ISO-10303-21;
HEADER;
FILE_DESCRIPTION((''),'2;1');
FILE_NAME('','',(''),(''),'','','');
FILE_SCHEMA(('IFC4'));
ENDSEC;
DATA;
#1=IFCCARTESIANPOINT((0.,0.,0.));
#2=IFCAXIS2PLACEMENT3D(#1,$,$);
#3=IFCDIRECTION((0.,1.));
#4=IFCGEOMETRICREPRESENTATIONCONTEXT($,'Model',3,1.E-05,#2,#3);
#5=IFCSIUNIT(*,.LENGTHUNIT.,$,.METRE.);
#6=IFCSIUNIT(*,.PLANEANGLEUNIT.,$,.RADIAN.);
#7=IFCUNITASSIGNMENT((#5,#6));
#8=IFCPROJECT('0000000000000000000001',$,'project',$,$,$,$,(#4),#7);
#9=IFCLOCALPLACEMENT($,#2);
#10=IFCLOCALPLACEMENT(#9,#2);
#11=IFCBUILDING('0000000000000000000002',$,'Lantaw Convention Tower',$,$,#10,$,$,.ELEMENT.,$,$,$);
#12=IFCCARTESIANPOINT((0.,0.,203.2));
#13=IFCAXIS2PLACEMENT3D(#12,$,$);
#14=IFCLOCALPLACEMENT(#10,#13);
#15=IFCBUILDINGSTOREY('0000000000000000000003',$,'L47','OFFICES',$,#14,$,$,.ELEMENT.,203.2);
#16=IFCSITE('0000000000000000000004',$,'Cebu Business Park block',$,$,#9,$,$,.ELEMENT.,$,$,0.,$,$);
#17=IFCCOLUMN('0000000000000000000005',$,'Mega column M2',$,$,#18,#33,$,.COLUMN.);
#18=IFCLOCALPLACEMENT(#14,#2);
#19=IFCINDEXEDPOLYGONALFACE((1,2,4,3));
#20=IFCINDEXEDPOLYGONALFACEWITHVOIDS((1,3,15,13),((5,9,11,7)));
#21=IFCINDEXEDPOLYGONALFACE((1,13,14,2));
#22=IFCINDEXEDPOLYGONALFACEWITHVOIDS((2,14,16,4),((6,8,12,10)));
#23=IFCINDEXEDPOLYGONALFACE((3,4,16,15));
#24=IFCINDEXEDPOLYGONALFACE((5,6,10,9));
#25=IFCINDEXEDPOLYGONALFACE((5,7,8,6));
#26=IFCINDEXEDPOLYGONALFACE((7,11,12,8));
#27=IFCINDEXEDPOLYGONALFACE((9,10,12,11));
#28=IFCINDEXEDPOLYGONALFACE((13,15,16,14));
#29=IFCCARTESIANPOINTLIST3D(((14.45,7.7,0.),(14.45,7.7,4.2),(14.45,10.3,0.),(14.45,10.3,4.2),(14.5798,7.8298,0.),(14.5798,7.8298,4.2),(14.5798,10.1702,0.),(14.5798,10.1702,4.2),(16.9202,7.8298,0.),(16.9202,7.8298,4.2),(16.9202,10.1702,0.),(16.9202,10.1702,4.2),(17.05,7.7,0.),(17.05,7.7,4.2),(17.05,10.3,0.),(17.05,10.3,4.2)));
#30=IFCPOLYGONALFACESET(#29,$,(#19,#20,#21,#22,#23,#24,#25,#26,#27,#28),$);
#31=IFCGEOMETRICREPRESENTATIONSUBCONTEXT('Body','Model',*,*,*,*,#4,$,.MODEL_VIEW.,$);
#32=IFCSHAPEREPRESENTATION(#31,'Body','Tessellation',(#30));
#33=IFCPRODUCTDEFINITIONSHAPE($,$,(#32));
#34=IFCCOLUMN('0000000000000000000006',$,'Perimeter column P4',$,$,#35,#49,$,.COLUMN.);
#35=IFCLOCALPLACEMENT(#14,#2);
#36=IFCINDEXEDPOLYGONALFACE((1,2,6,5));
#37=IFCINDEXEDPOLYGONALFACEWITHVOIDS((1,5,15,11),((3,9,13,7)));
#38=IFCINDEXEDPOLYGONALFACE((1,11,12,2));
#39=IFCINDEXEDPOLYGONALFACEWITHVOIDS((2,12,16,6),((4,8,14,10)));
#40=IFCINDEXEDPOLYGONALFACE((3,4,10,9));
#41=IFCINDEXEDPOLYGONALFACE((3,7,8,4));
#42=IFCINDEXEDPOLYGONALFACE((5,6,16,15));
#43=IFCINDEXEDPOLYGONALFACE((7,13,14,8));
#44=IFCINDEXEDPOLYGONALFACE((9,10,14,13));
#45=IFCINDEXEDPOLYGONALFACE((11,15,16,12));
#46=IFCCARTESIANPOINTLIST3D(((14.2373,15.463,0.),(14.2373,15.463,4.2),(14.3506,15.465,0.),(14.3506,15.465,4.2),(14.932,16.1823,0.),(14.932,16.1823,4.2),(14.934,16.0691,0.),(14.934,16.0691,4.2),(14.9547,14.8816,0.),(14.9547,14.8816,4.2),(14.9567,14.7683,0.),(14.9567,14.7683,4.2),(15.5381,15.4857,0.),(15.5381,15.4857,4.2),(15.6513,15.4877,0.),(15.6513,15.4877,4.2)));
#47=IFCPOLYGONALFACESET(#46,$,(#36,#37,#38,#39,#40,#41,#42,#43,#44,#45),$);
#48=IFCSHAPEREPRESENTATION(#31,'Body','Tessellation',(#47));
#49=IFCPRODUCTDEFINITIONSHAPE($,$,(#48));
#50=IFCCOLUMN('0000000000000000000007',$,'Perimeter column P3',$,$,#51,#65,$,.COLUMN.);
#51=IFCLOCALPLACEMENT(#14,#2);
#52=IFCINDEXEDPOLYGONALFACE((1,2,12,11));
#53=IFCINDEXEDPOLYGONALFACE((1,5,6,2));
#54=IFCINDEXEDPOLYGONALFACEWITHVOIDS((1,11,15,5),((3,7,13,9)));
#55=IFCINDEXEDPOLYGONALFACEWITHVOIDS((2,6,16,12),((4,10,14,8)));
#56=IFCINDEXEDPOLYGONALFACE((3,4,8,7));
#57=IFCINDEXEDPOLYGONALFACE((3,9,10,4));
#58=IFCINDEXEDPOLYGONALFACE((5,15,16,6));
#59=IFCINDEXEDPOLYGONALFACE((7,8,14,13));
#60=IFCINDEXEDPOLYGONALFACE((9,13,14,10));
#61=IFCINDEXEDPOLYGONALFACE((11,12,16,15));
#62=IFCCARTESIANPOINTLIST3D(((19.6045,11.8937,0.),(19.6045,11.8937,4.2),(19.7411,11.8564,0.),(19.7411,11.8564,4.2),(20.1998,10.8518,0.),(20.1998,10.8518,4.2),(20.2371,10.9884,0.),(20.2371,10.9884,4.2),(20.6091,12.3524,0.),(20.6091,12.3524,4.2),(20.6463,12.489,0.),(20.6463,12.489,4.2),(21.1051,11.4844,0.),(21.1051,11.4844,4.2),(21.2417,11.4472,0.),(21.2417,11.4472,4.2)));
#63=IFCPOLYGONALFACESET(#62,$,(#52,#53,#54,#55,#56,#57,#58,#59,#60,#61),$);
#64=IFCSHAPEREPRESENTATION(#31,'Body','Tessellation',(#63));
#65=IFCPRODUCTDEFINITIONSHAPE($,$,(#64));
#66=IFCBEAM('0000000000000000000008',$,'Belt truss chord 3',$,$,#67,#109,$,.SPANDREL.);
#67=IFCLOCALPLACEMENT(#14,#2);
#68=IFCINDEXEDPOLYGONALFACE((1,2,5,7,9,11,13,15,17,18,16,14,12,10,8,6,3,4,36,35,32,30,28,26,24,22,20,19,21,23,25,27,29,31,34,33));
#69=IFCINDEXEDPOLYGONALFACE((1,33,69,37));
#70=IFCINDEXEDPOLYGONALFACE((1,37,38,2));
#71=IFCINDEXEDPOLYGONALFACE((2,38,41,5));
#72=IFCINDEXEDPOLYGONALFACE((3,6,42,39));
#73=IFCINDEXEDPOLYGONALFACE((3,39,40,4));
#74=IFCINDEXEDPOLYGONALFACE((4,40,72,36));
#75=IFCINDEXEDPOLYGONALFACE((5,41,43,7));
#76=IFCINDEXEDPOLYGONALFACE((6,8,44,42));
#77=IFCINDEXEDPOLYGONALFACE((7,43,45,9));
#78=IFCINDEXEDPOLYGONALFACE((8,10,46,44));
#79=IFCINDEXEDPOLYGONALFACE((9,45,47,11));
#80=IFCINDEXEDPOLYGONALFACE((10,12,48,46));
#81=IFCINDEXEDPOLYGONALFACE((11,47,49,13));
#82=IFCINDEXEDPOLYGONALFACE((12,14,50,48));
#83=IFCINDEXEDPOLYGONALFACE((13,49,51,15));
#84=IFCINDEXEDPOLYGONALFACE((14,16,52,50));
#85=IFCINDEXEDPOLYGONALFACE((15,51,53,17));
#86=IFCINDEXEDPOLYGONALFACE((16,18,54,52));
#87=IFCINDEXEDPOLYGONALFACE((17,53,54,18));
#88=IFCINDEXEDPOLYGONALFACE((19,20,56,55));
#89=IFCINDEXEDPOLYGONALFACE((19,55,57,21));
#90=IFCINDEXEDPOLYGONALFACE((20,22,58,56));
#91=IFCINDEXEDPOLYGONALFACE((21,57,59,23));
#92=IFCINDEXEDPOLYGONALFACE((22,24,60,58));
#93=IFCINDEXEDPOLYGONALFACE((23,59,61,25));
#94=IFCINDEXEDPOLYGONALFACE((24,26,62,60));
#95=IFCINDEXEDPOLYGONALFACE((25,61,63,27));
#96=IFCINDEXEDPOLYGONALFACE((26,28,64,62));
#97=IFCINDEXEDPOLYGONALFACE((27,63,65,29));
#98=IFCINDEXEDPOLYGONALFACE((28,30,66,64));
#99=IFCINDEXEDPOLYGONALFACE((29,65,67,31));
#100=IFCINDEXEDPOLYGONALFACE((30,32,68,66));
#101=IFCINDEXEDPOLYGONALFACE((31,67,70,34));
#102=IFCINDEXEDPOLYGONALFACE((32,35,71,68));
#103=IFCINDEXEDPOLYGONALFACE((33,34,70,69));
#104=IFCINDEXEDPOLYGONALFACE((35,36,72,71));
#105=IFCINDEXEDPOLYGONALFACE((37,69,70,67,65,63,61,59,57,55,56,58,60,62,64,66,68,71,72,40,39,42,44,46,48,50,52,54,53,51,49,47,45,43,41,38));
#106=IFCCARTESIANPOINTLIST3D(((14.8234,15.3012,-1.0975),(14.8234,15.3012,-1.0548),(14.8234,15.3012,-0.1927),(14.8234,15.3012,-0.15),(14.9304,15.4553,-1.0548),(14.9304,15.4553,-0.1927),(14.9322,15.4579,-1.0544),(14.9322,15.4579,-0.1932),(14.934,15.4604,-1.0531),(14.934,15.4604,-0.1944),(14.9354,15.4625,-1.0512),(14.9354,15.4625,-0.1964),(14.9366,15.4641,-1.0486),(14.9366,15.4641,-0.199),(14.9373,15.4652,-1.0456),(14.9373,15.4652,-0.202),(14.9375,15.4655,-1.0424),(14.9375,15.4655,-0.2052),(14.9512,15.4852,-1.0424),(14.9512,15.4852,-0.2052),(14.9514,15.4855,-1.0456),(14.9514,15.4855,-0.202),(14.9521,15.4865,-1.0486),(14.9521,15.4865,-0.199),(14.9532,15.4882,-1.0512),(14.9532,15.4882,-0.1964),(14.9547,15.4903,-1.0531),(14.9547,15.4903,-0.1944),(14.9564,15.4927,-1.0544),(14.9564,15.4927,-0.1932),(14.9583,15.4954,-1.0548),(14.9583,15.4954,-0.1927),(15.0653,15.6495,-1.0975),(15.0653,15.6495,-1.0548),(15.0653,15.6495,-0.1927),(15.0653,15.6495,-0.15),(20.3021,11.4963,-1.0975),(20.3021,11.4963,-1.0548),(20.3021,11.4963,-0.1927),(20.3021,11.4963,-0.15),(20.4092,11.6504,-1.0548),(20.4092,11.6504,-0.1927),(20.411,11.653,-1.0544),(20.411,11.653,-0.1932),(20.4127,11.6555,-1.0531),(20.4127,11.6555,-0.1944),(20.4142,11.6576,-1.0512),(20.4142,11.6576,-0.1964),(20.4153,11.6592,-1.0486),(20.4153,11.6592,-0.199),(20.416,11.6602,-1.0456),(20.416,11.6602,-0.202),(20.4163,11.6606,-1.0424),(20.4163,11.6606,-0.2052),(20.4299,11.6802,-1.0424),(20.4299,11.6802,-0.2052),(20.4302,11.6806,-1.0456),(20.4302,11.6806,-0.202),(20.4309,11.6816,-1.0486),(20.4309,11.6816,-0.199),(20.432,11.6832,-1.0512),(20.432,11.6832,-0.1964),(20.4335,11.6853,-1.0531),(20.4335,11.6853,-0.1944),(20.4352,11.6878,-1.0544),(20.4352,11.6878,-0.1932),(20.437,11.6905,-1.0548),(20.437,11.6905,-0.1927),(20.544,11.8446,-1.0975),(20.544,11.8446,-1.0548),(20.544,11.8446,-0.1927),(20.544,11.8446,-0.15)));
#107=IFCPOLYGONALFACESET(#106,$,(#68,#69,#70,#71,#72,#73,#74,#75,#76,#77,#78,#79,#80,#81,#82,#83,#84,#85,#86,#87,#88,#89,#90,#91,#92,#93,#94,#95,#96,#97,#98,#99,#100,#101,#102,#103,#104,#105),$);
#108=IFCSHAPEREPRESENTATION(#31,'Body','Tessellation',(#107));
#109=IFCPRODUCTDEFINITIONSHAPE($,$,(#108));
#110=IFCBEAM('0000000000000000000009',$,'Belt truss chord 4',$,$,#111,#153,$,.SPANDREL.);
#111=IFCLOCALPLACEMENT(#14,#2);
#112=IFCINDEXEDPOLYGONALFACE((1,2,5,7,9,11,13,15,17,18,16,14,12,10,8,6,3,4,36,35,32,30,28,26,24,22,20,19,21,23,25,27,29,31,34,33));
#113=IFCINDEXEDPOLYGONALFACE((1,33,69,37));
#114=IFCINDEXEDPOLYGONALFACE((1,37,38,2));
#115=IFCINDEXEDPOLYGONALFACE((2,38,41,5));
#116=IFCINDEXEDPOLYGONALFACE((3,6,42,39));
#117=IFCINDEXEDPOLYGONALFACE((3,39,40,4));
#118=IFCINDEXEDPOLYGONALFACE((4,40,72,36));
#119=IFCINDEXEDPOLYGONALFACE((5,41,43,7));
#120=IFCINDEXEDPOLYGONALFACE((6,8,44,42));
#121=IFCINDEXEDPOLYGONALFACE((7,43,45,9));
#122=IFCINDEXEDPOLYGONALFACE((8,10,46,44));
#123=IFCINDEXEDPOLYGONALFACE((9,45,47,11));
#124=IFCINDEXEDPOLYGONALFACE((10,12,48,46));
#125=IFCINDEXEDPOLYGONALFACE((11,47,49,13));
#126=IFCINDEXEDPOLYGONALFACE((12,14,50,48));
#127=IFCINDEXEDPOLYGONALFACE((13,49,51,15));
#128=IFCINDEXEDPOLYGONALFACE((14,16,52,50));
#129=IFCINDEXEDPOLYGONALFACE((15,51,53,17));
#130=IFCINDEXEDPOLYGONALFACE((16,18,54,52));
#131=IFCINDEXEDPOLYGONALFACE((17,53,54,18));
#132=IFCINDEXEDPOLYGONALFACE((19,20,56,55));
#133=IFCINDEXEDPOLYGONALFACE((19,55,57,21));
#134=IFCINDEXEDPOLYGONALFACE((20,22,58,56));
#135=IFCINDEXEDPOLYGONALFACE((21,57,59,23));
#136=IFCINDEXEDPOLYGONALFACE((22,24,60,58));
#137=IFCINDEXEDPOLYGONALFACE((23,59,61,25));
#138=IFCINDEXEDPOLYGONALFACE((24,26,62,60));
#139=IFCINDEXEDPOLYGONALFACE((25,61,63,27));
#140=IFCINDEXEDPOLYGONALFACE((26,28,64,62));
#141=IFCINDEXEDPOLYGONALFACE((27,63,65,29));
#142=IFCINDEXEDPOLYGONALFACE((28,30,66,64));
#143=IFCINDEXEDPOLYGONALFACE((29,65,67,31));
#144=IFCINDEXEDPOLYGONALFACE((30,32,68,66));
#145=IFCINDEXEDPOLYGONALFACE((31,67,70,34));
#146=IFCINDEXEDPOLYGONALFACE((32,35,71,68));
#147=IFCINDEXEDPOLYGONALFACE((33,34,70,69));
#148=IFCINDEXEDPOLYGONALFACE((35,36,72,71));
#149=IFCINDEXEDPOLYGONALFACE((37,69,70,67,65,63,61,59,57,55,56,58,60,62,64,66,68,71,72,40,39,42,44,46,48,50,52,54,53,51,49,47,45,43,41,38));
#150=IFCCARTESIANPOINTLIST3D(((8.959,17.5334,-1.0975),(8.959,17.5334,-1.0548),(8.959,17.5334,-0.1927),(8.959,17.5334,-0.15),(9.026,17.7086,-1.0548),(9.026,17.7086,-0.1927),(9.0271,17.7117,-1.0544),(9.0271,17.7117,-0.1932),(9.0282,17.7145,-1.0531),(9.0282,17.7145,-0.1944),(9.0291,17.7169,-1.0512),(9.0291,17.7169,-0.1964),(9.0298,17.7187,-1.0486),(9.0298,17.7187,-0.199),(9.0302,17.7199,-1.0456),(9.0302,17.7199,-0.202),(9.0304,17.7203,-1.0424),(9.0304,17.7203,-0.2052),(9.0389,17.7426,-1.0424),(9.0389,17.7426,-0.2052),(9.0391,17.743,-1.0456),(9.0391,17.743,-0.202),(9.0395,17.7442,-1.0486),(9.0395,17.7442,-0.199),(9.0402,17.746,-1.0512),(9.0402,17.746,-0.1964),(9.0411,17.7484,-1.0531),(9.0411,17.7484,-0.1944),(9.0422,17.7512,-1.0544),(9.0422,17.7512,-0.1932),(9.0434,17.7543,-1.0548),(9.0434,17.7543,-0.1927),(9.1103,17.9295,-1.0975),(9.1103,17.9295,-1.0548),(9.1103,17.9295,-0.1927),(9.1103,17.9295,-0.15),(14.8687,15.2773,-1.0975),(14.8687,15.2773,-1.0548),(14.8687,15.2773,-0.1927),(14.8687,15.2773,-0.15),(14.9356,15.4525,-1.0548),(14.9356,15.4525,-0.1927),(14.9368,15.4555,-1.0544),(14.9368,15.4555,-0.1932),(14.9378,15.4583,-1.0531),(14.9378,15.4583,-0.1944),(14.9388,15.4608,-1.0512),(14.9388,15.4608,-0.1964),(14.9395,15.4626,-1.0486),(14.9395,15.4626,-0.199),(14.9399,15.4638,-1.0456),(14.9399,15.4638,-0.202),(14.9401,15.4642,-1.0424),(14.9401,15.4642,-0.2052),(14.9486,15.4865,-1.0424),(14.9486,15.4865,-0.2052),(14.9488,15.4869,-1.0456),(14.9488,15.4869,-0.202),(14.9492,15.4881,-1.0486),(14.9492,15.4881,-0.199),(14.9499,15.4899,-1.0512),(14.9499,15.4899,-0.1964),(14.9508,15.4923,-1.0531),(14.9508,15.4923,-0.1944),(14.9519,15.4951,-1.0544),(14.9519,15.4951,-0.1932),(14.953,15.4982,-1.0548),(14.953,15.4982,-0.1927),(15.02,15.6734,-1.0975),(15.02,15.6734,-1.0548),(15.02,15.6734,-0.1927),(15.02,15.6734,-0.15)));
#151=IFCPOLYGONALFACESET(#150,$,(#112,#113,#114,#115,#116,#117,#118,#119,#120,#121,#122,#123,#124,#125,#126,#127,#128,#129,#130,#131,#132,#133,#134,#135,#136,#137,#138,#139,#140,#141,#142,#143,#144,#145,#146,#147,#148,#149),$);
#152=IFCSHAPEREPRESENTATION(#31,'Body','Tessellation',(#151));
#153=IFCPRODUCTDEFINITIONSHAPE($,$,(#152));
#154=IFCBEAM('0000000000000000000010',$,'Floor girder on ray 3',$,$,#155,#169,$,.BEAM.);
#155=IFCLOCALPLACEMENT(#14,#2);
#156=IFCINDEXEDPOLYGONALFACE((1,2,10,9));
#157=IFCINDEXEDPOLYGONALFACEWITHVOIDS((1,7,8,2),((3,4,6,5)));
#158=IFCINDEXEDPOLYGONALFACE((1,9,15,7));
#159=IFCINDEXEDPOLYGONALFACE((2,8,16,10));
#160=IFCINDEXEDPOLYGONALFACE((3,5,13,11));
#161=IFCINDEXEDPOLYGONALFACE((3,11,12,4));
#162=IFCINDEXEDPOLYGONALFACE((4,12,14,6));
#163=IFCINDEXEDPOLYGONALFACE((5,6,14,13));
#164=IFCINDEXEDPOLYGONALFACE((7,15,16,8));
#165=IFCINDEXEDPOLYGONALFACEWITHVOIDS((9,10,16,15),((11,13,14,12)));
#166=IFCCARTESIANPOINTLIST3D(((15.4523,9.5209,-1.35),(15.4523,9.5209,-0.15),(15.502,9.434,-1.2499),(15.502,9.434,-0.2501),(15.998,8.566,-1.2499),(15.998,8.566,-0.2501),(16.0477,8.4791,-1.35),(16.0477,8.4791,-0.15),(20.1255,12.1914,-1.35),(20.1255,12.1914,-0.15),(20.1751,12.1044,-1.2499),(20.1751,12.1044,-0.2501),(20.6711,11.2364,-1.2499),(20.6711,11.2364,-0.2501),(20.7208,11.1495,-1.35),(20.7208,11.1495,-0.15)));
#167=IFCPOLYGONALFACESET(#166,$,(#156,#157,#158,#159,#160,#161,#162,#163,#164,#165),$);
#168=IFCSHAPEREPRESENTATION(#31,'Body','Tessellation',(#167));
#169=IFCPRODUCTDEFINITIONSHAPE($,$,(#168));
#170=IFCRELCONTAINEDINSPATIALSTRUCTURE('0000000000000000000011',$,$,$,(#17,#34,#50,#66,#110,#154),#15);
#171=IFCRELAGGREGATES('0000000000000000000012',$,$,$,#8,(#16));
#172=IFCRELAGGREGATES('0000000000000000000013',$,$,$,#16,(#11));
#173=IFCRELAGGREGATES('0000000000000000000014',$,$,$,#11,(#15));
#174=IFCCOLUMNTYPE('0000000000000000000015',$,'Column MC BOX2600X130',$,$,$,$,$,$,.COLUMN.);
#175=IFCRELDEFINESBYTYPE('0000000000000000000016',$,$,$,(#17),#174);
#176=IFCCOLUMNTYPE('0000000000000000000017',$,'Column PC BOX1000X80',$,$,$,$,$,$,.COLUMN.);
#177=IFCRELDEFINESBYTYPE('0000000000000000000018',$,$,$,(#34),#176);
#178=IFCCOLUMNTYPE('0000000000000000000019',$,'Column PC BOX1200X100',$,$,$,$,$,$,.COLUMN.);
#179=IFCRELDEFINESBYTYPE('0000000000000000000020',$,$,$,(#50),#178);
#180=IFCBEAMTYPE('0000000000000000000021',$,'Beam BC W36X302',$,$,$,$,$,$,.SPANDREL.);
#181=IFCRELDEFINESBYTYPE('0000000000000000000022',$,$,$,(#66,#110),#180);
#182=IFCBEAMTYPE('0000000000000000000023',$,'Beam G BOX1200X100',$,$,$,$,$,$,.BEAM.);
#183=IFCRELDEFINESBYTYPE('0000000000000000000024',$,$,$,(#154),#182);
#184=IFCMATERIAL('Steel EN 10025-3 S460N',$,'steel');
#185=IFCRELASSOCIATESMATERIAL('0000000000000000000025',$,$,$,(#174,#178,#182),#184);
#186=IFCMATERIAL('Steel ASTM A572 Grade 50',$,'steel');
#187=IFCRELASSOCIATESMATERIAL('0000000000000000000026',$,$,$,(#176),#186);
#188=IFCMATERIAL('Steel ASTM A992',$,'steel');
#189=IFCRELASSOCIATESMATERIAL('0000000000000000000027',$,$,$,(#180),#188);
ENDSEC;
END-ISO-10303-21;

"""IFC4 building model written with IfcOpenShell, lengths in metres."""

from ifc_helpers import new_model, si_unit, direction, frame, origin, origin_2d, place, context, subcontext, project, spatial, rectangle, hollow_rectangle, i_section, extrude, material, material_profile, profile_set, type_object, element, save


model = new_model("IFC4")

# Units and contexts
model_context = context("Model", 3, precision=1e-05, world=origin(), true_north=direction((0.0, 1.0)))
body_context = subcontext(model_context, "Body", "Model", "MODEL_VIEW")
ifc_project = project(units=[si_unit("LENGTHUNIT", "METRE"), si_unit("PLANEANGLEUNIT", "RADIAN")], contexts=[model_context])

# Site, building, storey
site_placement = place(None, origin())
site = spatial("IfcSite", under=ifc_project, at=site_placement, Name="Cebu Business Park block", CompositionType="ELEMENT", RefElevation=0.0)
building_placement = place(site_placement, origin())
building = spatial("IfcBuilding", under=site, at=building_placement, Name="Lantaw Convention Tower", CompositionType="ELEMENT")
storey_placement = place(building_placement, frame((0.0, 0.0, 203.2)))
storey = spatial("IfcBuildingStorey", under=building, at=storey_placement, Name="L47", Description="OFFICES", CompositionType="ELEMENT", Elevation=203.2)

# Columns
ifc_material_1 = material(Name="Steel EN 10025-3 S460N", Category="steel")
ifc_material_profile_1 = material_profile(ifc_material_1, hollow_rectangle(XDim=2.6001, YDim=2.6001, WallThickness=0.1299, at=origin_2d()), Name="BOX2600X130")
ifc_material_2 = material(Name="Concrete C60/75", Category="concrete")
ifc_material_profile_2 = material_profile(ifc_material_2, rectangle(XDim=2.3401, YDim=2.3401, at=origin_2d()), Name="Concrete fill of BOX2600X130")
ifc_profile_set_1 = profile_set([ifc_material_profile_1, ifc_material_profile_2], Name="Steel EN 10025-3 S460N")
column_type_1 = type_object("IfcColumnType", Name="Column MC BOX2600X130", PredefinedType="COLUMN", material=ifc_profile_set_1)
column_1_placement = place(storey_placement, frame((15.75, 9.0, 0.0), z_axis=(0.0, 0.0, 1.0), x_axis=(1.0, 0.0, 0.0)))
element("IfcColumn", 1, at=column_1_placement, inside=storey, type_object=column_type_1, Name="Mega column M2", PredefinedType="COLUMN", context=body_context, shape_type="SweptSolid", body=[
    extrude(hollow_rectangle(XDim=2.6001, YDim=2.6001, WallThickness=0.1299, at=origin_2d()), origin(), (0.0, 0.0, 1.0), 4.2),
])
ifc_material_3 = material(Name="Steel ASTM A572 Grade 50", Category="steel")
ifc_material_profile_3 = material_profile(ifc_material_3, hollow_rectangle(XDim=1.0, YDim=1.0, WallThickness=0.0801, at=origin_2d()), Name="BOX1000X80")
ifc_material_profile_4 = material_profile(ifc_material_2, rectangle(XDim=0.8401, YDim=0.8401, at=origin_2d()), Name="Concrete fill of BOX1000X80")
ifc_profile_set_2 = profile_set([ifc_material_profile_3, ifc_material_profile_4], Name="Steel ASTM A572 Grade 50")
column_type_2 = type_object("IfcColumnType", Name="Column PC BOX1000X80", PredefinedType="COLUMN", material=ifc_profile_set_2)
column_2_placement = place(storey_placement, frame((14.9443, 15.4753, 0.0), z_axis=(0.0, 0.0, 1.0), x_axis=(0.694658, 0.71934, 0.0)))
element("IfcColumn", 2, at=column_2_placement, inside=storey, type_object=column_type_2, Name="Perimeter column P4", PredefinedType="COLUMN", context=body_context, shape_type="SweptSolid", body=[
    extrude(hollow_rectangle(XDim=1.0, YDim=1.0, WallThickness=0.0801, at=origin_2d()), origin(), (0.0, 0.0, 1.0), 4.2),
])
ifc_material_profile_5 = material_profile(ifc_material_1, hollow_rectangle(XDim=1.2, YDim=1.2, WallThickness=0.1001, at=origin_2d()), Name="BOX1200X100")
ifc_material_profile_6 = material_profile(ifc_material_2, rectangle(XDim=1.0, YDim=1.0, at=origin_2d()), Name="Concrete fill of BOX1200X100")
ifc_profile_set_3 = profile_set([ifc_material_profile_5, ifc_material_profile_6], Name="Steel EN 10025-3 S460N")
column_type_3 = type_object("IfcColumnType", Name="Column PC BOX1200X100", PredefinedType="COLUMN", material=ifc_profile_set_3)
column_3_placement = place(storey_placement, frame((20.4231, 11.6704, 0.0), z_axis=(0.0, 0.0, 1.0), x_axis=(0.868243, 0.496139, 0.0)))
element("IfcColumn", 3, at=column_3_placement, inside=storey, type_object=column_type_3, Name="Perimeter column P3", PredefinedType="COLUMN", context=body_context, shape_type="SweptSolid", body=[
    extrude(hollow_rectangle(XDim=1.2, YDim=1.2, WallThickness=0.1001, at=origin_2d()), origin(), (0.0, 0.0, 1.0), 4.2),
])

# Beams
ifc_material_4 = material(Name="Steel ASTM A992", Category="steel")
ifc_material_profile_7 = material_profile(ifc_material_4, i_section(OverallWidth=0.4241, OverallDepth=0.9475, WebThickness=0.0239, FlangeThickness=0.0427, FilletRadius=0.0125, at=origin_2d()), Name="W36X302")
ifc_profile_set_4 = profile_set([ifc_material_profile_7], Name="Steel ASTM A992")
beam_type_1 = type_object("IfcBeamType", Name="Beam BC W36X302", PredefinedType="SPANDREL", material=ifc_profile_set_4)
beam_1_placement = place(storey_placement, frame((20.4231, 11.6704, -0.6238), z_axis=(-0.821353, 0.57042, 0.0), x_axis=(-0.57042, -0.821353, 0.0)))
element("IfcBeam", 4, at=beam_1_placement, inside=storey, type_object=beam_type_1, Name="Belt truss chord 3", PredefinedType="SPANDREL", context=body_context, shape_type="SweptSolid", body=[
    extrude(i_section(OverallWidth=0.4241, OverallDepth=0.9475, WebThickness=0.0239, FlangeThickness=0.0427, FilletRadius=0.0125, at=origin_2d()), origin(), (0.0, 0.0, 1.0), 6.6704),
])
beam_2_placement = place(storey_placement, frame((14.9443, 15.4753, -0.6238), z_axis=(-0.934235, 0.356658, 0.0), x_axis=(-0.356658, -0.934235, 0.0)))
element("IfcBeam", 5, at=beam_2_placement, inside=storey, type_object=beam_type_1, Name="Belt truss chord 4", PredefinedType="SPANDREL", context=body_context, shape_type="SweptSolid", body=[
    extrude(i_section(OverallWidth=0.4241, OverallDepth=0.9475, WebThickness=0.0239, FlangeThickness=0.0427, FilletRadius=0.0125, at=origin_2d()), origin(), (0.0, 0.0, 1.0), 6.3257),
])
ifc_material_profile_8 = material_profile(ifc_material_1, hollow_rectangle(XDim=1.2, YDim=1.2, WallThickness=0.1001, at=origin_2d()), Name="BOX1200X100")
ifc_profile_set_5 = profile_set([ifc_material_profile_8], Name="Steel EN 10025-3 S460N")
beam_type_2 = type_object("IfcBeamType", Name="Beam G BOX1200X100", PredefinedType="BEAM", material=ifc_profile_set_5)
beam_3_placement = place(storey_placement, frame((15.75, 9.0, -0.75), z_axis=(0.868238, 0.496149, 0.0), x_axis=(-0.496149, 0.868238, 0.0)))
element("IfcBeam", 6, at=beam_3_placement, inside=storey, type_object=beam_type_2, Name="Floor girder on ray 3", PredefinedType="BEAM", context=body_context, shape_type="SweptSolid", body=[
    extrude(hollow_rectangle(XDim=1.2, YDim=1.2, WallThickness=0.1001, at=origin_2d()), origin(), (0.0, 0.0, 1.0), 5.3823),
])

save(model, "model.ifc")
